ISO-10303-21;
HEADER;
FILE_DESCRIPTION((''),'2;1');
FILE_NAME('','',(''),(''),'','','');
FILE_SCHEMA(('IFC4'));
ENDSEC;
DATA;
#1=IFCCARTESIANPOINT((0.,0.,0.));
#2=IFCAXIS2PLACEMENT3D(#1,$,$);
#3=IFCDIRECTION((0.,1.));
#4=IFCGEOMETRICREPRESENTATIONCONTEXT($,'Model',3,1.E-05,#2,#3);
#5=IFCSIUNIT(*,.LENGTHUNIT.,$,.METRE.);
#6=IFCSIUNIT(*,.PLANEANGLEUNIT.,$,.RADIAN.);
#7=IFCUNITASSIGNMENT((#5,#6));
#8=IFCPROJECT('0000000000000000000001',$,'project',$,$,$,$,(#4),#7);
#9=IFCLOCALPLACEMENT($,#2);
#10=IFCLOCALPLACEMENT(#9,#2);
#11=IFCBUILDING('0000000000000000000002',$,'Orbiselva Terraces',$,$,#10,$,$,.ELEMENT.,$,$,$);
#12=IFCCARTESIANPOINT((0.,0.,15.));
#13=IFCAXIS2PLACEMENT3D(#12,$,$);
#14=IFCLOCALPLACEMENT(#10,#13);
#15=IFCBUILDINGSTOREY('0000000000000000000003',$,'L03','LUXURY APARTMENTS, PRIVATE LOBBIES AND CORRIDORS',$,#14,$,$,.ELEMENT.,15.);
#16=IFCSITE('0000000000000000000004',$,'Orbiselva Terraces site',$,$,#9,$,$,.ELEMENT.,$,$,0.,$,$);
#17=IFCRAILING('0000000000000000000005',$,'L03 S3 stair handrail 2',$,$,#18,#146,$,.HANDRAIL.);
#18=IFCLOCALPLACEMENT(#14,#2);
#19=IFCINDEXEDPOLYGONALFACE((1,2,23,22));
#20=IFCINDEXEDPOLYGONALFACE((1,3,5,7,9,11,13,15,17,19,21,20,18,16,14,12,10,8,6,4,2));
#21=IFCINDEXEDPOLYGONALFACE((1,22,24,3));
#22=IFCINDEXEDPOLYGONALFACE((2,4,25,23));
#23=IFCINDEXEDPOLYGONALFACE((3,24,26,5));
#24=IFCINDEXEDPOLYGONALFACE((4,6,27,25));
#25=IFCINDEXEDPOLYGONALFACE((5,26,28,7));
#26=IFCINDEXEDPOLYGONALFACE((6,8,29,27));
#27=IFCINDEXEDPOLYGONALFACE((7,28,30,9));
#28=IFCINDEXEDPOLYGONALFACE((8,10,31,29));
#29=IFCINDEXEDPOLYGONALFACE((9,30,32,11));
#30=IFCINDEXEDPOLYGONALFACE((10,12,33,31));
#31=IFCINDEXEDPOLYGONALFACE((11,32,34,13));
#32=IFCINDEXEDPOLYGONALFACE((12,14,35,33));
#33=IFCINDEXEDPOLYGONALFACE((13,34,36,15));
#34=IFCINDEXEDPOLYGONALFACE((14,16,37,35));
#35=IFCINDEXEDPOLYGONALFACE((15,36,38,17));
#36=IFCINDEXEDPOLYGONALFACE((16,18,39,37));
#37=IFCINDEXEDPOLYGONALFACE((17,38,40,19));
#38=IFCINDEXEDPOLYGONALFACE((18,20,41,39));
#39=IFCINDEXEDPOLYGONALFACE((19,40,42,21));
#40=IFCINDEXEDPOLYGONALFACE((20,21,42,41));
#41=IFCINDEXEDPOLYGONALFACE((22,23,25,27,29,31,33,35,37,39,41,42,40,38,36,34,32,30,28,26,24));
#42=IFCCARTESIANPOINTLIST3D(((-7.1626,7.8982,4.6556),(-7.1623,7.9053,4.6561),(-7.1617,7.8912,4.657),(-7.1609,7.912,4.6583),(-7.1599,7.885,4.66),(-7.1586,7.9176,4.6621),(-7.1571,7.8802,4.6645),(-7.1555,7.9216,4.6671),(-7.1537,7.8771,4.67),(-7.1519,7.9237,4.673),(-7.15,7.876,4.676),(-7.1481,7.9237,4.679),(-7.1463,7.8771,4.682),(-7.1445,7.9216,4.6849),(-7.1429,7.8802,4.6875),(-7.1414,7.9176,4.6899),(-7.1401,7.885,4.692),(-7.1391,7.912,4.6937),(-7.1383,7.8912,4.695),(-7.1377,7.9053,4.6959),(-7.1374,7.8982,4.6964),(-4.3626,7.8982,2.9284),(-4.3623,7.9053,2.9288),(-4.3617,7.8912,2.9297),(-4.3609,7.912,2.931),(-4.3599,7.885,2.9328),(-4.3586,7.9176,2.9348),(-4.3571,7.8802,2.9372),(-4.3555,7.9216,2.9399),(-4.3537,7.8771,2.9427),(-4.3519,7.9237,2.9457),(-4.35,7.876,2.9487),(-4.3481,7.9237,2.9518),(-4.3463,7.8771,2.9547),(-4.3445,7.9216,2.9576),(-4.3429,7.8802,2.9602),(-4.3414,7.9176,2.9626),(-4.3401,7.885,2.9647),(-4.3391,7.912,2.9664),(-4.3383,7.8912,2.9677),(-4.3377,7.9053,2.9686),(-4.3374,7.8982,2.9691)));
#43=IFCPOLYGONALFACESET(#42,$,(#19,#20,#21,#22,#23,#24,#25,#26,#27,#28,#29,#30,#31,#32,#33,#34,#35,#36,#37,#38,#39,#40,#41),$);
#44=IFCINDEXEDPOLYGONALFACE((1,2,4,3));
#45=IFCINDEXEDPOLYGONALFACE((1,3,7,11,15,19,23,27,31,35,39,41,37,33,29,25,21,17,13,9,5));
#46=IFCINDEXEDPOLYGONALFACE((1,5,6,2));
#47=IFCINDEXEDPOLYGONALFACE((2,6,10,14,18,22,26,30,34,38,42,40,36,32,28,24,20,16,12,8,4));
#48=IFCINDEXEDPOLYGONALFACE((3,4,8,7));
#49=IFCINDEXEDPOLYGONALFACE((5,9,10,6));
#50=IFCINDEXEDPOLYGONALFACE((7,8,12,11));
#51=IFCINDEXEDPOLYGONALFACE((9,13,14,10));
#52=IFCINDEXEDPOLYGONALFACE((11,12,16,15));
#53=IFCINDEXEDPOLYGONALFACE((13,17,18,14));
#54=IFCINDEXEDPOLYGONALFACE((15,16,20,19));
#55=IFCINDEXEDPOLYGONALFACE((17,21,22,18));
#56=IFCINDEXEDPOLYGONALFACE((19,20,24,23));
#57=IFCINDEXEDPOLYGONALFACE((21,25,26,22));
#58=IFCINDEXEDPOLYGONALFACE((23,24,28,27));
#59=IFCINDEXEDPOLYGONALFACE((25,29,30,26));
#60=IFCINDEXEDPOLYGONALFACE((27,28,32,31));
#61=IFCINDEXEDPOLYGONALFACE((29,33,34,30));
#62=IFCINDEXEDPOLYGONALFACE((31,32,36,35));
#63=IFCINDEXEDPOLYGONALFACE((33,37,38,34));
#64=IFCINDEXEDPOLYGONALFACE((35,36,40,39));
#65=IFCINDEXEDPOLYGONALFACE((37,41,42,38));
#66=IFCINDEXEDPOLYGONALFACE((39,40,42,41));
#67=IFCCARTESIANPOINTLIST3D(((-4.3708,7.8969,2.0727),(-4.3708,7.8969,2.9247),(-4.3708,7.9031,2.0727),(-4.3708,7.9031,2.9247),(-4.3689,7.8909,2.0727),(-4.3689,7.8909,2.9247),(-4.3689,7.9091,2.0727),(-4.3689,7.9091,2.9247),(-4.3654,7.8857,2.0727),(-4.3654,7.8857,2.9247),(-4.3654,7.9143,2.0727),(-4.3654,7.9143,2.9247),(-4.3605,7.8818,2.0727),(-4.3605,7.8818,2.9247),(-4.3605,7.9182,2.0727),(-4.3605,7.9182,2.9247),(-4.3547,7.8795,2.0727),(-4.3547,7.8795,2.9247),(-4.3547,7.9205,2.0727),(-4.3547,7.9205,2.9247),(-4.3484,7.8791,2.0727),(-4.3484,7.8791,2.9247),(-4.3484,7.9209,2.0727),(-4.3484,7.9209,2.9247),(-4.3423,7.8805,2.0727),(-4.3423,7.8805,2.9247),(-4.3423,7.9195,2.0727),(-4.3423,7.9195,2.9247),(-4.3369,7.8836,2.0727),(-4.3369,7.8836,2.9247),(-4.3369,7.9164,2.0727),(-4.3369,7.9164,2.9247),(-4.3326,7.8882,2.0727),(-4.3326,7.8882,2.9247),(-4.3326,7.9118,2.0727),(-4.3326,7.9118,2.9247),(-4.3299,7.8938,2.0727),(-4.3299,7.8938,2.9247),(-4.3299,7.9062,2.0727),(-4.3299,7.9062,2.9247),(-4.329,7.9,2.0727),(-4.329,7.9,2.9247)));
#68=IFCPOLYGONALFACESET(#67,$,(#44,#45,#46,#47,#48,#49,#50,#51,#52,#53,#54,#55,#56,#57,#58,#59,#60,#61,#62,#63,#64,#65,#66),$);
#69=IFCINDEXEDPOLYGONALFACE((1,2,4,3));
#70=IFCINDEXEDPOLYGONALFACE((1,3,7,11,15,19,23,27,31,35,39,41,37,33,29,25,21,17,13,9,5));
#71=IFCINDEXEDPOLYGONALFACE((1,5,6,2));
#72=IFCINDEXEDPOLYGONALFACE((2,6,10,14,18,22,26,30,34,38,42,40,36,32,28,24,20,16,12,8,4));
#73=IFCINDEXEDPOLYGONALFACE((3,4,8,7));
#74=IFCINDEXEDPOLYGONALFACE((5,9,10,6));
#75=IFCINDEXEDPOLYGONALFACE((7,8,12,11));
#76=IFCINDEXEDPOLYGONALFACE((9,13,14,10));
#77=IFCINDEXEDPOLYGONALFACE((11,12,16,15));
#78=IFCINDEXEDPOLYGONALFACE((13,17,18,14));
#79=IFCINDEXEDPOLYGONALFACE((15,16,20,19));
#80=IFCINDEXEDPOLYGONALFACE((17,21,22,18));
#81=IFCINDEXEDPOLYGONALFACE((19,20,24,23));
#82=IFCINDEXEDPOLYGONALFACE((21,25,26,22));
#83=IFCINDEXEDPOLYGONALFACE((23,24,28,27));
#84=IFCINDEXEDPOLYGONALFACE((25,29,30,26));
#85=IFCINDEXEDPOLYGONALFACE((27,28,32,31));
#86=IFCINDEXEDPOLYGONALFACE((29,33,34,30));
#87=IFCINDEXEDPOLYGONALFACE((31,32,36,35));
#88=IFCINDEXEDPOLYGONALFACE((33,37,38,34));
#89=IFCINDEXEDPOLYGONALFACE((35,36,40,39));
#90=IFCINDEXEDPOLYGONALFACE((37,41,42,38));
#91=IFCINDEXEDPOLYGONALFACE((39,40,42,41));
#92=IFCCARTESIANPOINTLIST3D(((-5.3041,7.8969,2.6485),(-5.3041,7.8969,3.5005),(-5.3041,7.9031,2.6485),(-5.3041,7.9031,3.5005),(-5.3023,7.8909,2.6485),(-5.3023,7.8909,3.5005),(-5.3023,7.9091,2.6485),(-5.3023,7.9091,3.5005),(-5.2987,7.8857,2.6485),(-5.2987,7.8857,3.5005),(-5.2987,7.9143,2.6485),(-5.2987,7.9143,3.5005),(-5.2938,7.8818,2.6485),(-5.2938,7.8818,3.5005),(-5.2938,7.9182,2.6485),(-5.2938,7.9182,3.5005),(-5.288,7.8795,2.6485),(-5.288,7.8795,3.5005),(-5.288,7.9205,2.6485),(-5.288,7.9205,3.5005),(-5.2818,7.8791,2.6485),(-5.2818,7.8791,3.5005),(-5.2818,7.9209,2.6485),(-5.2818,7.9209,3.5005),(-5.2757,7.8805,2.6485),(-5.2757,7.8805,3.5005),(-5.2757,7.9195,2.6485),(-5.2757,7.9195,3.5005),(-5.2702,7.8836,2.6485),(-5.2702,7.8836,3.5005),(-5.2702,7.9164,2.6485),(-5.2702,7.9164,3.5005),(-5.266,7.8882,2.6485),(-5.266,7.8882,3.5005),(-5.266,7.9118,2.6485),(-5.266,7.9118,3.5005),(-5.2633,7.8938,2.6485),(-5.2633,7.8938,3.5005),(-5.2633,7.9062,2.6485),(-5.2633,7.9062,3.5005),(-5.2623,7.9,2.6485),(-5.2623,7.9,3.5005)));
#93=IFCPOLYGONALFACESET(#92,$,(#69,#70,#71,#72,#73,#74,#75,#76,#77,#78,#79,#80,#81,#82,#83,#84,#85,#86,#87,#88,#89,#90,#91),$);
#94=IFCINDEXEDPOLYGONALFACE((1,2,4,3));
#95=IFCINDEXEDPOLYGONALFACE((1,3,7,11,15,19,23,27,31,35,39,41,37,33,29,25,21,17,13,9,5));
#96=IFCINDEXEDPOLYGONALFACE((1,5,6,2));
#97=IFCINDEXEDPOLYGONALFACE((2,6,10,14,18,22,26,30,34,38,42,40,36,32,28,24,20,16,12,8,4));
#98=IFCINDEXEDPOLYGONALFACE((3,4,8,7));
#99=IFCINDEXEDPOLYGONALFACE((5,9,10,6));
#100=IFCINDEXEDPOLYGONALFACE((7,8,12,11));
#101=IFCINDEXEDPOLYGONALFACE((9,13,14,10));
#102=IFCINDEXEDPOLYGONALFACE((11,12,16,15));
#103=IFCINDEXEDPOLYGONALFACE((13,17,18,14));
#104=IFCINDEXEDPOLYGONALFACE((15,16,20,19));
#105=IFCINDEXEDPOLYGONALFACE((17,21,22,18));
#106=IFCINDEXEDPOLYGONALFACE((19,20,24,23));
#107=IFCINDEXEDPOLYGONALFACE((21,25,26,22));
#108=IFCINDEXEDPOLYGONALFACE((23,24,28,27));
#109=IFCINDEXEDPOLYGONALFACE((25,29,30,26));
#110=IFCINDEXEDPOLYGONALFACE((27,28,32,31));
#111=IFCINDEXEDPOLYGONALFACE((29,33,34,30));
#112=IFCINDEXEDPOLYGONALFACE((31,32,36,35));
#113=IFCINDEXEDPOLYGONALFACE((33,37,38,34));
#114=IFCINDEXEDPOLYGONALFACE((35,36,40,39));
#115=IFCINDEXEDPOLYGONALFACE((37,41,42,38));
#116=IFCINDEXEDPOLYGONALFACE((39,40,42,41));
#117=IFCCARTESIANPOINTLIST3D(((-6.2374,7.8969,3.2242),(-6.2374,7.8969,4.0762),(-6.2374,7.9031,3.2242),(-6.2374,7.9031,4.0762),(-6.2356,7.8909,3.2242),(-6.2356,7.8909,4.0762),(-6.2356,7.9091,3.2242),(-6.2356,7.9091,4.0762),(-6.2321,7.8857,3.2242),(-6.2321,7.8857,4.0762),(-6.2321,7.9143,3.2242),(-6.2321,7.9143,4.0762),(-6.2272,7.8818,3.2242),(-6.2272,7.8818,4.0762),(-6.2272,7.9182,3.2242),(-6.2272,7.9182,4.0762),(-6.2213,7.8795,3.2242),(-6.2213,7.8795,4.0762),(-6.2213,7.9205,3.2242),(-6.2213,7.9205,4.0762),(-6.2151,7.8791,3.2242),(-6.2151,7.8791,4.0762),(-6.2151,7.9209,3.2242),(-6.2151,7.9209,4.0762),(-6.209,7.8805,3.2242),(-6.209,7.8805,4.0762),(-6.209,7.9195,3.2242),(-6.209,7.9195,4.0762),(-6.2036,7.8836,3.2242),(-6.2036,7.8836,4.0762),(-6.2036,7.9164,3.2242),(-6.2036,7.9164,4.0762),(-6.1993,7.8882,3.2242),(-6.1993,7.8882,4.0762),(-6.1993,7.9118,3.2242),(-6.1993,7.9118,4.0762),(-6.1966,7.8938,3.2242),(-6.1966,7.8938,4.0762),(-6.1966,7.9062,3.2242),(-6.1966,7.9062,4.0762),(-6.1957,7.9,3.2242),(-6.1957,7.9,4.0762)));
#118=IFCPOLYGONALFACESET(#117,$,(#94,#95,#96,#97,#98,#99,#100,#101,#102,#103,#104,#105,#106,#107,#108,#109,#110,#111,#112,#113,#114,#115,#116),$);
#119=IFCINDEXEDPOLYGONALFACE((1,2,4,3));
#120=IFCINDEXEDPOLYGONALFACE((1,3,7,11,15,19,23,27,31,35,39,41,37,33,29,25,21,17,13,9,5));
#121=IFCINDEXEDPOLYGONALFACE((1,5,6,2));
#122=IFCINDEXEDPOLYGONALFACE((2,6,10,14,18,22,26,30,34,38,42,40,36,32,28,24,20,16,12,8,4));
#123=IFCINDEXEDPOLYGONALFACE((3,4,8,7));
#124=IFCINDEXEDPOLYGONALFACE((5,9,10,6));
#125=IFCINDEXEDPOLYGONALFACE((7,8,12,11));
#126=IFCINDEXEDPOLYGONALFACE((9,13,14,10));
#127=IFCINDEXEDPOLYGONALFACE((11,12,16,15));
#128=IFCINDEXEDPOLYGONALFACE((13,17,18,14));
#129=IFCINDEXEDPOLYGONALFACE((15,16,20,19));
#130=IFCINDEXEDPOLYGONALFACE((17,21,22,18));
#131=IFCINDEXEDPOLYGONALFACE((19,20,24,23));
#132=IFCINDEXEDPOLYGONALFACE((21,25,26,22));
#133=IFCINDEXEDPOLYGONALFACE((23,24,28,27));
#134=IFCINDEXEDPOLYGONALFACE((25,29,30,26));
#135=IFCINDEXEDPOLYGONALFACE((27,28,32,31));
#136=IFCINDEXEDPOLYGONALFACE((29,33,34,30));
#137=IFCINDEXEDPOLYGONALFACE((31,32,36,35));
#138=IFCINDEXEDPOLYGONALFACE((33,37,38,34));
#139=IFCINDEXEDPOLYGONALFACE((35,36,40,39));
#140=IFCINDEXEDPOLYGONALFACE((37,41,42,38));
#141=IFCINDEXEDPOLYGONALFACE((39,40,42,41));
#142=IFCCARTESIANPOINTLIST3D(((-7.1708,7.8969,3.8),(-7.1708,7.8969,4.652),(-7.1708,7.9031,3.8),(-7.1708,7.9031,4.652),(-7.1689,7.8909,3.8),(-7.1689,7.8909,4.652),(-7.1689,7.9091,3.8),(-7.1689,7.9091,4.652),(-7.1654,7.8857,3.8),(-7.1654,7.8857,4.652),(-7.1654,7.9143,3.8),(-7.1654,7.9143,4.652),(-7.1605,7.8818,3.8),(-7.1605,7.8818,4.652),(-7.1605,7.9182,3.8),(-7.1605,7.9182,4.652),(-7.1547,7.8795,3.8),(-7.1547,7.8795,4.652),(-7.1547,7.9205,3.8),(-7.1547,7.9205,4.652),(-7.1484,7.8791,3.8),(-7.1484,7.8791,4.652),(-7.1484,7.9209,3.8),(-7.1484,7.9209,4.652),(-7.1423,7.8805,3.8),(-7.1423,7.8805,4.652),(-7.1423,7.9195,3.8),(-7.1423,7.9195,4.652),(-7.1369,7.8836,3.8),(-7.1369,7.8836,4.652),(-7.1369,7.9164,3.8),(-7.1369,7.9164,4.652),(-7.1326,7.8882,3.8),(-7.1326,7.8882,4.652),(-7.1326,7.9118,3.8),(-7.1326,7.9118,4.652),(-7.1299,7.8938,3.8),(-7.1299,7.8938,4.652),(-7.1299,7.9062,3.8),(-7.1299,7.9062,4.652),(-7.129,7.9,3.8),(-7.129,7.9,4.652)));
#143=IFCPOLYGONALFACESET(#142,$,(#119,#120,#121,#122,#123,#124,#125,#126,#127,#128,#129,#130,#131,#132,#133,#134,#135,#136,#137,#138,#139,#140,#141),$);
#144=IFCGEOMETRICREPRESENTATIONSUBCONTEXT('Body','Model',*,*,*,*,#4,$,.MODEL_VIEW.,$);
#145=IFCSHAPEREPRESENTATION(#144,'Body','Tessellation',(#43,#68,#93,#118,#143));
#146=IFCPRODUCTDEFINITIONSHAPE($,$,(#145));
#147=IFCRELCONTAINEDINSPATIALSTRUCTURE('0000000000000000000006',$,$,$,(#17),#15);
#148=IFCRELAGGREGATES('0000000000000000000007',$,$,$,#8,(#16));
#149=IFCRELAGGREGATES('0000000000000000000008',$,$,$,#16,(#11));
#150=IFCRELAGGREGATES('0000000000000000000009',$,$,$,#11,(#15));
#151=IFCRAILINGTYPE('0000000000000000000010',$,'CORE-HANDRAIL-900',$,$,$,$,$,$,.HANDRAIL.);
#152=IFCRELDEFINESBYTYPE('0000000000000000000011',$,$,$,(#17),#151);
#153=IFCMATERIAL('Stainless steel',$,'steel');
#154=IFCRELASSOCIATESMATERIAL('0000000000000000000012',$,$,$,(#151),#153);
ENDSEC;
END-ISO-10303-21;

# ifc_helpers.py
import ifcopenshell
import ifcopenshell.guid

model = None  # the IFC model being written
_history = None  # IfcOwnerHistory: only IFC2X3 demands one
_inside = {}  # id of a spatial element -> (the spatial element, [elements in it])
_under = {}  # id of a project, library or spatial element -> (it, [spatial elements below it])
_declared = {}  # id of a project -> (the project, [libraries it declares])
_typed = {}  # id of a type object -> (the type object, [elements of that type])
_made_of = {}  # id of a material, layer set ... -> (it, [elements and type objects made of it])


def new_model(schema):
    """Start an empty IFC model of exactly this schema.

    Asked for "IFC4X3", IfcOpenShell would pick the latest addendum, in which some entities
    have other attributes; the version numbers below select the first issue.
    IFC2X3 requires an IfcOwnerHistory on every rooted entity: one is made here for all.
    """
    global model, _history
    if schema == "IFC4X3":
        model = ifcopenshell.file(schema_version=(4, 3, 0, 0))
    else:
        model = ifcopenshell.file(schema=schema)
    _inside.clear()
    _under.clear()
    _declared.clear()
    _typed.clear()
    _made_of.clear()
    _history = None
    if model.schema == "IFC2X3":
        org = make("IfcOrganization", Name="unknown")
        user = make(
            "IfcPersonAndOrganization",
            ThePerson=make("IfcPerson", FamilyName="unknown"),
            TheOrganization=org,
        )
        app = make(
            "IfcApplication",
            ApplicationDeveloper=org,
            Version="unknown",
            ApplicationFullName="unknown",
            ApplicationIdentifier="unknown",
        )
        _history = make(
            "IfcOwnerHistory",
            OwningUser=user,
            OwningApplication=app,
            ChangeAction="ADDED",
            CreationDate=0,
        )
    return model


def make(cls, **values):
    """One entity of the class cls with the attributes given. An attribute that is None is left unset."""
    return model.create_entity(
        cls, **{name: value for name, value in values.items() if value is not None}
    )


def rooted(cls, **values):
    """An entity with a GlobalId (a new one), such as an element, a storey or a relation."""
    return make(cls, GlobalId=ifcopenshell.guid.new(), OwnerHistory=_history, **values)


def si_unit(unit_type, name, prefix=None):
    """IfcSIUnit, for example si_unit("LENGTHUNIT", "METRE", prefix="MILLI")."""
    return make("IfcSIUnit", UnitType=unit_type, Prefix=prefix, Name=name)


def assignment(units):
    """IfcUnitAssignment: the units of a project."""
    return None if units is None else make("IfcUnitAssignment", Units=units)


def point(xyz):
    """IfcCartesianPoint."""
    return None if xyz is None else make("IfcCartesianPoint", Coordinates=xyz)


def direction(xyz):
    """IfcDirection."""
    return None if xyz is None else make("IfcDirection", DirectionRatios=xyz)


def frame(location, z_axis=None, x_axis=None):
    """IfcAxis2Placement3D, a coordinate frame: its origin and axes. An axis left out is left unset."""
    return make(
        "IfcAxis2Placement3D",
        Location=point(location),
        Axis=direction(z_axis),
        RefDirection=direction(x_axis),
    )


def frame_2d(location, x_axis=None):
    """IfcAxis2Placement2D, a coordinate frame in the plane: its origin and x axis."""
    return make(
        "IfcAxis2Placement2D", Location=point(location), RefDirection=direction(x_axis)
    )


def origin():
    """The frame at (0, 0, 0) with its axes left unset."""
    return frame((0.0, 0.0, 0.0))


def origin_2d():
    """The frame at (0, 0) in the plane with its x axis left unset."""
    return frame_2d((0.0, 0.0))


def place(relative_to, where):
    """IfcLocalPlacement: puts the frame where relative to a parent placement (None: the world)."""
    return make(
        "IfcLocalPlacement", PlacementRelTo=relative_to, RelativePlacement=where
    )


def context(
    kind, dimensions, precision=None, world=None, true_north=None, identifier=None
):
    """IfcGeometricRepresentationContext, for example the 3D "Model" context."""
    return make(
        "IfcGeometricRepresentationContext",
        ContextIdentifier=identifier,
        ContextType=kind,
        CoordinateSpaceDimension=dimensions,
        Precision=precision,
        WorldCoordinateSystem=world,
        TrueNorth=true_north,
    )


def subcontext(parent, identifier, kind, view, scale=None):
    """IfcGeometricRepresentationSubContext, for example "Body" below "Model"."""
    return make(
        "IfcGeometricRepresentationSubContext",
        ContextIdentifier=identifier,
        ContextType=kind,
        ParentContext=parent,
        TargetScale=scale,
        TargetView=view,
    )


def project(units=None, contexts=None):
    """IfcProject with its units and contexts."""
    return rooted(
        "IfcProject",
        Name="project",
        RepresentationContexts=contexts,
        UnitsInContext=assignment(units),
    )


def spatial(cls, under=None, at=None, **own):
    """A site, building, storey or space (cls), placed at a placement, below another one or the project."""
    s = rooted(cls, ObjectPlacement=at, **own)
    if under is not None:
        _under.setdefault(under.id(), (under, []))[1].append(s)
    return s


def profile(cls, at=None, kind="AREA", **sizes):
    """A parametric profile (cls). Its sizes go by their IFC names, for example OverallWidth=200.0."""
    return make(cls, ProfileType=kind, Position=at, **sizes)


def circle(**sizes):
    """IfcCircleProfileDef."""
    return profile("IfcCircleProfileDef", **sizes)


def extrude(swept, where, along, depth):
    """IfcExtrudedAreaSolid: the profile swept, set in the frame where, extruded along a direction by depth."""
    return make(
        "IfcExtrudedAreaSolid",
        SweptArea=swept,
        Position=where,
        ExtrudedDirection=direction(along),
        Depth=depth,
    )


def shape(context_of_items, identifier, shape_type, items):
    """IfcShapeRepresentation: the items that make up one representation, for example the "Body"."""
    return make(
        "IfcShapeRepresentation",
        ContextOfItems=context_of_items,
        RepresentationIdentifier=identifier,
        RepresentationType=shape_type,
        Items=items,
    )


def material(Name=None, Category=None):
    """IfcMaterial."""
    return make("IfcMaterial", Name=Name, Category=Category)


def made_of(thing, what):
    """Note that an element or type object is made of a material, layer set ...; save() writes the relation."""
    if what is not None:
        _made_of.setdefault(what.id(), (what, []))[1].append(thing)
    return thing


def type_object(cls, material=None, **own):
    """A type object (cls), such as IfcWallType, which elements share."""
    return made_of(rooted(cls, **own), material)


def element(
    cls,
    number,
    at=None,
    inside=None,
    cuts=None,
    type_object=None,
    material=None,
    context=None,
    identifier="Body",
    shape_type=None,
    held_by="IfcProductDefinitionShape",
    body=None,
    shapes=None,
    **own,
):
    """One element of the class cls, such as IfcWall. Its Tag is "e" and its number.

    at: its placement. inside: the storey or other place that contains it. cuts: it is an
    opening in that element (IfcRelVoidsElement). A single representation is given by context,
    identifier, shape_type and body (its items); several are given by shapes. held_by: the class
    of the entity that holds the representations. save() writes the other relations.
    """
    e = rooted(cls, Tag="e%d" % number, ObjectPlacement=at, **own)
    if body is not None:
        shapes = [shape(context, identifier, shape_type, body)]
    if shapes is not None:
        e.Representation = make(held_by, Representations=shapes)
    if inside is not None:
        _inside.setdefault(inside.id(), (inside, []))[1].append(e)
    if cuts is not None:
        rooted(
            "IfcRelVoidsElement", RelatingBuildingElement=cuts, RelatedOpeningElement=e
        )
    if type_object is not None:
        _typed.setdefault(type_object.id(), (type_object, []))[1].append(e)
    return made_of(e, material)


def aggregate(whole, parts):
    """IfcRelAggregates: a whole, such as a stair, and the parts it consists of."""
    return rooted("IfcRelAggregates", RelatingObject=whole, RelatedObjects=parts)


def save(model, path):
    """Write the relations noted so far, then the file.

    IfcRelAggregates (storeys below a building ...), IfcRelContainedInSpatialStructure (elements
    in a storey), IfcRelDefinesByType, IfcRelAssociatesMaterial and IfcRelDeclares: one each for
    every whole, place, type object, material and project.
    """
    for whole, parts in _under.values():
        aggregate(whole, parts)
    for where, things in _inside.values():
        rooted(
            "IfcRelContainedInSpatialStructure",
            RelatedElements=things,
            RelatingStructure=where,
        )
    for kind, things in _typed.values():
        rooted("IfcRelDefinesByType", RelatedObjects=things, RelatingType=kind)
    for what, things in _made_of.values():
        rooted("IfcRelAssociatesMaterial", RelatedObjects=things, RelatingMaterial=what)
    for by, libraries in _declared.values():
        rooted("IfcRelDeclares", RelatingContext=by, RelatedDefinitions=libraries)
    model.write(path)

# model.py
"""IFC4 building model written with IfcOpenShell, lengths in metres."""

from ifc_helpers import new_model, si_unit, direction, frame, origin, origin_2d, place, context, subcontext, project, spatial, circle, extrude, material, type_object, element, save


model = new_model("IFC4")

# Units and contexts
model_context = context("Model", 3, precision=1e-05, world=origin(), true_north=direction((0.0, 1.0)))
body_context = subcontext(model_context, "Body", "Model", "MODEL_VIEW")
ifc_project = project(units=[si_unit("LENGTHUNIT", "METRE"), si_unit("PLANEANGLEUNIT", "RADIAN")], contexts=[model_context])

# Site, building, storey
site_placement = place(None, origin())
site = spatial("IfcSite", under=ifc_project, at=site_placement, Name="Orbiselva Terraces site", CompositionType="ELEMENT", RefElevation=0.0)
building_placement = place(site_placement, origin())
building = spatial("IfcBuilding", under=site, at=building_placement, Name="Orbiselva Terraces", CompositionType="ELEMENT")
storey_placement = place(building_placement, frame((0.0, 0.0, 15.0)))
storey = spatial("IfcBuildingStorey", under=building, at=storey_placement, Name="L03", Description="LUXURY APARTMENTS, PRIVATE LOBBIES AND CORRIDORS", CompositionType="ELEMENT", Elevation=15.0)

# Railing
ifc_material_1 = material(Name="Stainless steel", Category="steel")
railing_type_1 = type_object("IfcRailingType", Name="CORE-HANDRAIL-900", PredefinedType="HANDRAIL", material=ifc_material_1)
railing_1_placement = place(storey_placement, frame((-4.35, 7.9, 2.0727)))
element("IfcRailing", 1, at=railing_1_placement, inside=storey, type_object=railing_type_1, Name="L03 S3 stair handrail 2", PredefinedType="HANDRAIL", context=body_context, shape_type="SweptSolid", body=[
    extrude(circle(Radius=0.024, at=origin_2d()), frame((0.0, 0.0, 0.876), z_axis=(-0.851089, 0.0, 0.525022), x_axis=(0.0, -1.0, 0.0)), (0.0, 0.0, 1.0), 3.2899),
    extrude(circle(Radius=0.021, at=origin_2d()), origin(), (0.0, 0.0, 1.0), 0.852),
    extrude(circle(Radius=0.021, at=origin_2d()), frame((-0.9333, 0.0, 0.5758)), (0.0, 0.0, 1.0), 0.852),
    extrude(circle(Radius=0.021, at=origin_2d()), frame((-1.8667, 0.0, 1.1515)), (0.0, 0.0, 1.0), 0.852),
    extrude(circle(Radius=0.021, at=origin_2d()), frame((-2.8, 0.0, 1.7273)), (0.0, 0.0, 1.0), 0.852),
])

save(model, "model.ifc")
